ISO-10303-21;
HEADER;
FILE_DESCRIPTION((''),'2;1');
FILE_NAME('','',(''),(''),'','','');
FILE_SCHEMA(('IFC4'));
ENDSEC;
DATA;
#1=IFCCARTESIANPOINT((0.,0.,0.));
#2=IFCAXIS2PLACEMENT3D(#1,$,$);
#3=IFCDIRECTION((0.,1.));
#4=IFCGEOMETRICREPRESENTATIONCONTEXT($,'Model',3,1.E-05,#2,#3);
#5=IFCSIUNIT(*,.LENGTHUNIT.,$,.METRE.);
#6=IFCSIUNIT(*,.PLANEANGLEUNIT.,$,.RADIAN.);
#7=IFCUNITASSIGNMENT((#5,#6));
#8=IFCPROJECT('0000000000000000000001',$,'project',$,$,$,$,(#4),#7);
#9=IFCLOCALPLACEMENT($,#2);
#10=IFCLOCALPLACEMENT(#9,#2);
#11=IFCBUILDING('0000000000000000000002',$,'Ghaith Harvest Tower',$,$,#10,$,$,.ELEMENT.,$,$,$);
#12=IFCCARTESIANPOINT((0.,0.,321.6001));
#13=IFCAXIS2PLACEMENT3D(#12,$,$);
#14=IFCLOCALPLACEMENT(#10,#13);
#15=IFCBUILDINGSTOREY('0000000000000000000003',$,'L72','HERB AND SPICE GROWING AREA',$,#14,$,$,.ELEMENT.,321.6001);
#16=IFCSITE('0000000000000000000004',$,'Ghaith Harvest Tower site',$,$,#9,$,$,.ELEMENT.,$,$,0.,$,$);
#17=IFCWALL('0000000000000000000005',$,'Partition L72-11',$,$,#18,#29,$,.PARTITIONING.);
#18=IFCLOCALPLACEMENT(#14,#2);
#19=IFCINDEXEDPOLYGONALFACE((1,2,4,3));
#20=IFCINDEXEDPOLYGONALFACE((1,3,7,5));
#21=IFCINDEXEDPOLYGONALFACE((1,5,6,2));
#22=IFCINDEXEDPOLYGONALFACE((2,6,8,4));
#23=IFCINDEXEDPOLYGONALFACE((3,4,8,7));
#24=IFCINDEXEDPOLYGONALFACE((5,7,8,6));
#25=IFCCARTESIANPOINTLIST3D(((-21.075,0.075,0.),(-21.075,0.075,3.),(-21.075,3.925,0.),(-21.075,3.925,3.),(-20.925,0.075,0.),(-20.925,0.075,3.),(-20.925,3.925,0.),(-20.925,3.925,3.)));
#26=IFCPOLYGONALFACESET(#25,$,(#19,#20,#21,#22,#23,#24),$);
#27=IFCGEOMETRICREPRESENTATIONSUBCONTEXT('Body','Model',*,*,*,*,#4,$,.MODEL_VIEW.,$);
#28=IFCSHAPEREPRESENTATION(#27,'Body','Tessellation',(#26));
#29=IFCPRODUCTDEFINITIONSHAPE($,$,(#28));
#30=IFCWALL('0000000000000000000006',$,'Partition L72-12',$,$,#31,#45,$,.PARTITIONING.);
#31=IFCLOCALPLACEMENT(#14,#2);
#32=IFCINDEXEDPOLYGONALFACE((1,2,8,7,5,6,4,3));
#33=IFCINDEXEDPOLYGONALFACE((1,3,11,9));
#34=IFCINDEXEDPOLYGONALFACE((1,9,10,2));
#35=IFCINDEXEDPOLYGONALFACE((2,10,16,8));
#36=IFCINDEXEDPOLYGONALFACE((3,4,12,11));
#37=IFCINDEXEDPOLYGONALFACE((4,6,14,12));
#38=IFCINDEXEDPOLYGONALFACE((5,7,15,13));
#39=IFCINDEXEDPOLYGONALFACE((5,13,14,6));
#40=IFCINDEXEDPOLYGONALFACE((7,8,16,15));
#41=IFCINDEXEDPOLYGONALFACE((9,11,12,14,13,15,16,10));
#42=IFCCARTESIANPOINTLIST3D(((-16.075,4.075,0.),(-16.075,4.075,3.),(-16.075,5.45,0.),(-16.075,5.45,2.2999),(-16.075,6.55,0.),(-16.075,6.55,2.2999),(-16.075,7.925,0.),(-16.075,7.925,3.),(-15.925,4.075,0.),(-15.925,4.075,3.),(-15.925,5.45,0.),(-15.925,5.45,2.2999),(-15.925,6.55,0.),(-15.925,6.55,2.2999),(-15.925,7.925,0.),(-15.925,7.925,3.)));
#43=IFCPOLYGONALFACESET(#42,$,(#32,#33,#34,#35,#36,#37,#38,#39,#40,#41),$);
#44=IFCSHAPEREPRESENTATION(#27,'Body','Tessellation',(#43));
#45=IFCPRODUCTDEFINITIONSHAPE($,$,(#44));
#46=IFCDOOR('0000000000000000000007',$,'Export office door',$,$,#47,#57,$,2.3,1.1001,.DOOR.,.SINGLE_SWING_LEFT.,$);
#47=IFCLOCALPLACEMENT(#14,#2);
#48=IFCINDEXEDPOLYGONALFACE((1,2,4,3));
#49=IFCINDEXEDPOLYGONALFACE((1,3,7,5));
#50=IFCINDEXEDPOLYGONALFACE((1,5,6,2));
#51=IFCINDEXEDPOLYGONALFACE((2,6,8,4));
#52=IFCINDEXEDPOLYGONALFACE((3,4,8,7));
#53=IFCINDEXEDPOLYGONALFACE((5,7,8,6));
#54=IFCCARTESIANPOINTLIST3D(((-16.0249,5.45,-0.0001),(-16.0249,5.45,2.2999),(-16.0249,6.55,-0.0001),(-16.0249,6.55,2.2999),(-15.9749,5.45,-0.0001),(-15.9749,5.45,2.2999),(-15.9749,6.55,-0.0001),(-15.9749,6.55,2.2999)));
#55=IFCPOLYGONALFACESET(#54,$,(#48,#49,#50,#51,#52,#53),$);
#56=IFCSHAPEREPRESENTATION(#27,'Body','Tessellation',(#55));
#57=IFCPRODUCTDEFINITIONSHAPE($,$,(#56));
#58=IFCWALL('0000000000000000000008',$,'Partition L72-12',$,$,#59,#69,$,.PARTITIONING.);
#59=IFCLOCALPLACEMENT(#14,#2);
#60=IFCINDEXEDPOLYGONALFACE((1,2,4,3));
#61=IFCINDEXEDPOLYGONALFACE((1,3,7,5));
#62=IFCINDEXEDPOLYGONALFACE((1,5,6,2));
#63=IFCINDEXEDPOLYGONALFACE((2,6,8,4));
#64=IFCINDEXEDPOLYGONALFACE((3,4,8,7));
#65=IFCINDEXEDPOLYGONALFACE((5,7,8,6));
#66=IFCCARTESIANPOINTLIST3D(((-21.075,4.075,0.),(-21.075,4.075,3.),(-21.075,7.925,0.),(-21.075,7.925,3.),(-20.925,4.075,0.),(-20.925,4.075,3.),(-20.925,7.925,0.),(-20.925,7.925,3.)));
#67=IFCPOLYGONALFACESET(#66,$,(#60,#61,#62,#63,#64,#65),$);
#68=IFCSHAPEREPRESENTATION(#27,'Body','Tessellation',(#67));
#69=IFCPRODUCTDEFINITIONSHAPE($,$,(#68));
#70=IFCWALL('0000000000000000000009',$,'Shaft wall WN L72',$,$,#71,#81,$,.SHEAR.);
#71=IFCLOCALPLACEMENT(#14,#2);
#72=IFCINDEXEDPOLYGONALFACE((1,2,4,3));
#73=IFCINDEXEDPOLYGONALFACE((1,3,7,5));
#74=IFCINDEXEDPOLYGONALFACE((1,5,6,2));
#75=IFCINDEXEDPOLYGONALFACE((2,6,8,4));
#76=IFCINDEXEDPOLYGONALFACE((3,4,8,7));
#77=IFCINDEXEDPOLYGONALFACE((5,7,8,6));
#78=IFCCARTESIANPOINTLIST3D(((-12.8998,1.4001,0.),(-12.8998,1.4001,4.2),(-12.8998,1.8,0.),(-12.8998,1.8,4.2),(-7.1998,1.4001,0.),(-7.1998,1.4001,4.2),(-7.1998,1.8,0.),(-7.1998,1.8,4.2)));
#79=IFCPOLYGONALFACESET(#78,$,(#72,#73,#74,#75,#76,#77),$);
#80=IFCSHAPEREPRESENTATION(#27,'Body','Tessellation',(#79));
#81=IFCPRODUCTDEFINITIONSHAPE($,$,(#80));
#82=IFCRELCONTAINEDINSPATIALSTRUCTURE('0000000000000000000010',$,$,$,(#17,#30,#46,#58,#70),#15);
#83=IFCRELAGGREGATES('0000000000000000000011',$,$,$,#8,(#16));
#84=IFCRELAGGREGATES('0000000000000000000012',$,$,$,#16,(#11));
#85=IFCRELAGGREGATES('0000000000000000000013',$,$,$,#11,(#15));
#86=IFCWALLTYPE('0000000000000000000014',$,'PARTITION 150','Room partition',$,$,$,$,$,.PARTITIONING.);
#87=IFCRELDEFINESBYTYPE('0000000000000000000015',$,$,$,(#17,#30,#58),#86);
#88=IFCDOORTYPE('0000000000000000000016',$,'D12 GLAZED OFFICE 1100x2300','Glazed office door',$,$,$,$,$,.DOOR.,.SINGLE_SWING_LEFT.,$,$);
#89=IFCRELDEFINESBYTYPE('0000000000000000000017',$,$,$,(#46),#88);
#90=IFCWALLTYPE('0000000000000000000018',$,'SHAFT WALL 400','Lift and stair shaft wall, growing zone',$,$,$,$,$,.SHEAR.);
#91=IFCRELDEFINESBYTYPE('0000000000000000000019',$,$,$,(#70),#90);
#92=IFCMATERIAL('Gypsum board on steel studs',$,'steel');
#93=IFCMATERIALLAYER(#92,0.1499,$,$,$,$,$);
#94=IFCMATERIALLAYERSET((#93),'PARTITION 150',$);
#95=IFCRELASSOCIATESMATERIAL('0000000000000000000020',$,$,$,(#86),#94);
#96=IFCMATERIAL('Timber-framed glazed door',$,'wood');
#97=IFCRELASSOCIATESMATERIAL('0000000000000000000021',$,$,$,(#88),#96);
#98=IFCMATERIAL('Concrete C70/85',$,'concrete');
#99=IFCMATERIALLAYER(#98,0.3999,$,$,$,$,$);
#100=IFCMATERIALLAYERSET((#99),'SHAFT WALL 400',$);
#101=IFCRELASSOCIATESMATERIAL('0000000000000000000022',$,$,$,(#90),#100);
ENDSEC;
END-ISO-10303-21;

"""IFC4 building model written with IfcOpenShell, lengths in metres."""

from ifc_helpers import new_model, si_unit, direction, frame, frame_2d, origin, place, context, subcontext, project, spatial, rectangle, extrude, material, layer, layer_set, type_object, element, fill, save


model = new_model("IFC4")

# Units and contexts
model_context = context("Model", 3, precision=1e-05, world=origin(), true_north=direction((0.0, 1.0)))
body_context = subcontext(model_context, "Body", "Model", "MODEL_VIEW")
ifc_project = project(units=[si_unit("LENGTHUNIT", "METRE"), si_unit("PLANEANGLEUNIT", "RADIAN")], contexts=[model_context])

# Site, building, storey
site_placement = place(None, origin())
site = spatial("IfcSite", under=ifc_project, at=site_placement, Name="Ghaith Harvest Tower site", CompositionType="ELEMENT", RefElevation=0.0)
building_placement = place(site_placement, origin())
building = spatial("IfcBuilding", under=site, at=building_placement, Name="Ghaith Harvest Tower", CompositionType="ELEMENT")
storey_placement = place(building_placement, frame((0.0, 0.0, 321.6001)))
storey = spatial("IfcBuildingStorey", under=building, at=storey_placement, Name="L72", Description="HERB AND SPICE GROWING AREA", CompositionType="ELEMENT", Elevation=321.6001)

# Shared definitions
ifc_material_1 = material(Name="Gypsum board on steel studs", Category="steel")
ifc_layer_1 = layer(ifc_material_1, 0.1499)
ifc_layer_set_1 = layer_set([ifc_layer_1], Name="PARTITION 150")
wall_type_1 = type_object("IfcWallType", Name="PARTITION 150", Description="Room partition", PredefinedType="PARTITIONING", material=ifc_layer_set_1)

# Wall
wall_1_placement = place(storey_placement, frame((-21.0, 0.075, 0.0), z_axis=(0.0, 0.0, 1.0), x_axis=(0.0, 1.0, 0.0)))
element("IfcWall", 1, at=wall_1_placement, inside=storey, type_object=wall_type_1, Name="Partition L72-11", PredefinedType="PARTITIONING", context=body_context, shape_type="SweptSolid", body=[
    extrude(rectangle(XDim=3.8501, YDim=0.1499, at=frame_2d((1.925, 0.0))), origin(), (0.0, 0.0, 1.0), 3.0),
])

# Wall, opening, door
wall_2_placement = place(storey_placement, frame((-16.0, 4.075, 0.0), z_axis=(0.0, 0.0, 1.0), x_axis=(0.0, 1.0, 0.0)))
wall_2 = element("IfcWall", 2, at=wall_2_placement, inside=storey, type_object=wall_type_1, Name="Partition L72-12", PredefinedType="PARTITIONING", context=body_context, shape_type="SweptSolid", body=[
    extrude(rectangle(XDim=3.8501, YDim=0.1499, at=frame_2d((1.925, 0.0))), origin(), (0.0, 0.0, 1.0), 3.0),
])
opening_1_placement = place(wall_2_placement, frame((1.375, 0.0, 0.0)))
opening_1 = element("IfcOpeningElement", 3, at=opening_1_placement, cuts=wall_2, PredefinedType="OPENING", context=body_context, shape_type="SweptSolid", body=[
    extrude(rectangle(XDim=1.1001, YDim=2.3, at=frame_2d((0.55, 1.1499))), frame((0.0, 0.085, 0.0), z_axis=(0.0, -1.0, 0.0), x_axis=(1.0, 0.0, 0.0)), (0.0, 0.0, 1.0), 0.1699),
])
ifc_material_2 = material(Name="Timber-framed glazed door", Category="wood")
door_type_1 = type_object("IfcDoorType", Name="D12 GLAZED OFFICE 1100x2300", Description="Glazed office door", OperationType="SINGLE_SWING_LEFT", PredefinedType="DOOR", material=ifc_material_2)
door_1_placement = place(opening_1_placement, origin())
door_1 = element("IfcDoor", 4, at=door_1_placement, inside=storey, type_object=door_type_1, Name="Export office door", OperationType="SINGLE_SWING_LEFT", OverallHeight=2.3, OverallWidth=1.1001, PredefinedType="DOOR", context=body_context, shape_type="SweptSolid", body=[
    extrude(rectangle(XDim=1.1001, YDim=2.3, at=frame_2d((0.55, 1.1499))), frame((0.0, 0.0249, 0.0), z_axis=(0.0, -1.0, 0.0), x_axis=(1.0, 0.0, 0.0)), (0.0, 0.0, 1.0), 0.05),
])
fill(opening_1, door_1)

# Walls
wall_3_placement = place(storey_placement, frame((-21.0, 4.075, 0.0), z_axis=(0.0, 0.0, 1.0), x_axis=(0.0, 1.0, 0.0)))
element("IfcWall", 5, at=wall_3_placement, inside=storey, type_object=wall_type_1, Name="Partition L72-12", PredefinedType="PARTITIONING", context=body_context, shape_type="SweptSolid", body=[
    extrude(rectangle(XDim=3.8501, YDim=0.1499, at=frame_2d((1.925, 0.0))), origin(), (0.0, 0.0, 1.0), 3.0),
])
ifc_material_3 = material(Name="Concrete C70/85", Category="concrete")
ifc_layer_2 = layer(ifc_material_3, 0.3999)
ifc_layer_set_2 = layer_set([ifc_layer_2], Name="SHAFT WALL 400")
wall_type_2 = type_object("IfcWallType", Name="SHAFT WALL 400", Description="Lift and stair shaft wall, growing zone", PredefinedType="SHEAR", material=ifc_layer_set_2)
wall_4_placement = place(storey_placement, frame((-12.8999, 1.6001, 0.0), z_axis=(0.0, 0.0, 1.0), x_axis=(1.0, 0.0, 0.0)))
element("IfcWall", 6, at=wall_4_placement, inside=storey, type_object=wall_type_2, Name="Shaft wall WN L72", PredefinedType="SHEAR", context=body_context, shape_type="SweptSolid", body=[
    extrude(rectangle(XDim=5.7, YDim=0.3999, at=frame_2d((2.8501, 0.0))), origin(), (0.0, 0.0, 1.0), 4.2),
])

save(model, "model.ifc")
